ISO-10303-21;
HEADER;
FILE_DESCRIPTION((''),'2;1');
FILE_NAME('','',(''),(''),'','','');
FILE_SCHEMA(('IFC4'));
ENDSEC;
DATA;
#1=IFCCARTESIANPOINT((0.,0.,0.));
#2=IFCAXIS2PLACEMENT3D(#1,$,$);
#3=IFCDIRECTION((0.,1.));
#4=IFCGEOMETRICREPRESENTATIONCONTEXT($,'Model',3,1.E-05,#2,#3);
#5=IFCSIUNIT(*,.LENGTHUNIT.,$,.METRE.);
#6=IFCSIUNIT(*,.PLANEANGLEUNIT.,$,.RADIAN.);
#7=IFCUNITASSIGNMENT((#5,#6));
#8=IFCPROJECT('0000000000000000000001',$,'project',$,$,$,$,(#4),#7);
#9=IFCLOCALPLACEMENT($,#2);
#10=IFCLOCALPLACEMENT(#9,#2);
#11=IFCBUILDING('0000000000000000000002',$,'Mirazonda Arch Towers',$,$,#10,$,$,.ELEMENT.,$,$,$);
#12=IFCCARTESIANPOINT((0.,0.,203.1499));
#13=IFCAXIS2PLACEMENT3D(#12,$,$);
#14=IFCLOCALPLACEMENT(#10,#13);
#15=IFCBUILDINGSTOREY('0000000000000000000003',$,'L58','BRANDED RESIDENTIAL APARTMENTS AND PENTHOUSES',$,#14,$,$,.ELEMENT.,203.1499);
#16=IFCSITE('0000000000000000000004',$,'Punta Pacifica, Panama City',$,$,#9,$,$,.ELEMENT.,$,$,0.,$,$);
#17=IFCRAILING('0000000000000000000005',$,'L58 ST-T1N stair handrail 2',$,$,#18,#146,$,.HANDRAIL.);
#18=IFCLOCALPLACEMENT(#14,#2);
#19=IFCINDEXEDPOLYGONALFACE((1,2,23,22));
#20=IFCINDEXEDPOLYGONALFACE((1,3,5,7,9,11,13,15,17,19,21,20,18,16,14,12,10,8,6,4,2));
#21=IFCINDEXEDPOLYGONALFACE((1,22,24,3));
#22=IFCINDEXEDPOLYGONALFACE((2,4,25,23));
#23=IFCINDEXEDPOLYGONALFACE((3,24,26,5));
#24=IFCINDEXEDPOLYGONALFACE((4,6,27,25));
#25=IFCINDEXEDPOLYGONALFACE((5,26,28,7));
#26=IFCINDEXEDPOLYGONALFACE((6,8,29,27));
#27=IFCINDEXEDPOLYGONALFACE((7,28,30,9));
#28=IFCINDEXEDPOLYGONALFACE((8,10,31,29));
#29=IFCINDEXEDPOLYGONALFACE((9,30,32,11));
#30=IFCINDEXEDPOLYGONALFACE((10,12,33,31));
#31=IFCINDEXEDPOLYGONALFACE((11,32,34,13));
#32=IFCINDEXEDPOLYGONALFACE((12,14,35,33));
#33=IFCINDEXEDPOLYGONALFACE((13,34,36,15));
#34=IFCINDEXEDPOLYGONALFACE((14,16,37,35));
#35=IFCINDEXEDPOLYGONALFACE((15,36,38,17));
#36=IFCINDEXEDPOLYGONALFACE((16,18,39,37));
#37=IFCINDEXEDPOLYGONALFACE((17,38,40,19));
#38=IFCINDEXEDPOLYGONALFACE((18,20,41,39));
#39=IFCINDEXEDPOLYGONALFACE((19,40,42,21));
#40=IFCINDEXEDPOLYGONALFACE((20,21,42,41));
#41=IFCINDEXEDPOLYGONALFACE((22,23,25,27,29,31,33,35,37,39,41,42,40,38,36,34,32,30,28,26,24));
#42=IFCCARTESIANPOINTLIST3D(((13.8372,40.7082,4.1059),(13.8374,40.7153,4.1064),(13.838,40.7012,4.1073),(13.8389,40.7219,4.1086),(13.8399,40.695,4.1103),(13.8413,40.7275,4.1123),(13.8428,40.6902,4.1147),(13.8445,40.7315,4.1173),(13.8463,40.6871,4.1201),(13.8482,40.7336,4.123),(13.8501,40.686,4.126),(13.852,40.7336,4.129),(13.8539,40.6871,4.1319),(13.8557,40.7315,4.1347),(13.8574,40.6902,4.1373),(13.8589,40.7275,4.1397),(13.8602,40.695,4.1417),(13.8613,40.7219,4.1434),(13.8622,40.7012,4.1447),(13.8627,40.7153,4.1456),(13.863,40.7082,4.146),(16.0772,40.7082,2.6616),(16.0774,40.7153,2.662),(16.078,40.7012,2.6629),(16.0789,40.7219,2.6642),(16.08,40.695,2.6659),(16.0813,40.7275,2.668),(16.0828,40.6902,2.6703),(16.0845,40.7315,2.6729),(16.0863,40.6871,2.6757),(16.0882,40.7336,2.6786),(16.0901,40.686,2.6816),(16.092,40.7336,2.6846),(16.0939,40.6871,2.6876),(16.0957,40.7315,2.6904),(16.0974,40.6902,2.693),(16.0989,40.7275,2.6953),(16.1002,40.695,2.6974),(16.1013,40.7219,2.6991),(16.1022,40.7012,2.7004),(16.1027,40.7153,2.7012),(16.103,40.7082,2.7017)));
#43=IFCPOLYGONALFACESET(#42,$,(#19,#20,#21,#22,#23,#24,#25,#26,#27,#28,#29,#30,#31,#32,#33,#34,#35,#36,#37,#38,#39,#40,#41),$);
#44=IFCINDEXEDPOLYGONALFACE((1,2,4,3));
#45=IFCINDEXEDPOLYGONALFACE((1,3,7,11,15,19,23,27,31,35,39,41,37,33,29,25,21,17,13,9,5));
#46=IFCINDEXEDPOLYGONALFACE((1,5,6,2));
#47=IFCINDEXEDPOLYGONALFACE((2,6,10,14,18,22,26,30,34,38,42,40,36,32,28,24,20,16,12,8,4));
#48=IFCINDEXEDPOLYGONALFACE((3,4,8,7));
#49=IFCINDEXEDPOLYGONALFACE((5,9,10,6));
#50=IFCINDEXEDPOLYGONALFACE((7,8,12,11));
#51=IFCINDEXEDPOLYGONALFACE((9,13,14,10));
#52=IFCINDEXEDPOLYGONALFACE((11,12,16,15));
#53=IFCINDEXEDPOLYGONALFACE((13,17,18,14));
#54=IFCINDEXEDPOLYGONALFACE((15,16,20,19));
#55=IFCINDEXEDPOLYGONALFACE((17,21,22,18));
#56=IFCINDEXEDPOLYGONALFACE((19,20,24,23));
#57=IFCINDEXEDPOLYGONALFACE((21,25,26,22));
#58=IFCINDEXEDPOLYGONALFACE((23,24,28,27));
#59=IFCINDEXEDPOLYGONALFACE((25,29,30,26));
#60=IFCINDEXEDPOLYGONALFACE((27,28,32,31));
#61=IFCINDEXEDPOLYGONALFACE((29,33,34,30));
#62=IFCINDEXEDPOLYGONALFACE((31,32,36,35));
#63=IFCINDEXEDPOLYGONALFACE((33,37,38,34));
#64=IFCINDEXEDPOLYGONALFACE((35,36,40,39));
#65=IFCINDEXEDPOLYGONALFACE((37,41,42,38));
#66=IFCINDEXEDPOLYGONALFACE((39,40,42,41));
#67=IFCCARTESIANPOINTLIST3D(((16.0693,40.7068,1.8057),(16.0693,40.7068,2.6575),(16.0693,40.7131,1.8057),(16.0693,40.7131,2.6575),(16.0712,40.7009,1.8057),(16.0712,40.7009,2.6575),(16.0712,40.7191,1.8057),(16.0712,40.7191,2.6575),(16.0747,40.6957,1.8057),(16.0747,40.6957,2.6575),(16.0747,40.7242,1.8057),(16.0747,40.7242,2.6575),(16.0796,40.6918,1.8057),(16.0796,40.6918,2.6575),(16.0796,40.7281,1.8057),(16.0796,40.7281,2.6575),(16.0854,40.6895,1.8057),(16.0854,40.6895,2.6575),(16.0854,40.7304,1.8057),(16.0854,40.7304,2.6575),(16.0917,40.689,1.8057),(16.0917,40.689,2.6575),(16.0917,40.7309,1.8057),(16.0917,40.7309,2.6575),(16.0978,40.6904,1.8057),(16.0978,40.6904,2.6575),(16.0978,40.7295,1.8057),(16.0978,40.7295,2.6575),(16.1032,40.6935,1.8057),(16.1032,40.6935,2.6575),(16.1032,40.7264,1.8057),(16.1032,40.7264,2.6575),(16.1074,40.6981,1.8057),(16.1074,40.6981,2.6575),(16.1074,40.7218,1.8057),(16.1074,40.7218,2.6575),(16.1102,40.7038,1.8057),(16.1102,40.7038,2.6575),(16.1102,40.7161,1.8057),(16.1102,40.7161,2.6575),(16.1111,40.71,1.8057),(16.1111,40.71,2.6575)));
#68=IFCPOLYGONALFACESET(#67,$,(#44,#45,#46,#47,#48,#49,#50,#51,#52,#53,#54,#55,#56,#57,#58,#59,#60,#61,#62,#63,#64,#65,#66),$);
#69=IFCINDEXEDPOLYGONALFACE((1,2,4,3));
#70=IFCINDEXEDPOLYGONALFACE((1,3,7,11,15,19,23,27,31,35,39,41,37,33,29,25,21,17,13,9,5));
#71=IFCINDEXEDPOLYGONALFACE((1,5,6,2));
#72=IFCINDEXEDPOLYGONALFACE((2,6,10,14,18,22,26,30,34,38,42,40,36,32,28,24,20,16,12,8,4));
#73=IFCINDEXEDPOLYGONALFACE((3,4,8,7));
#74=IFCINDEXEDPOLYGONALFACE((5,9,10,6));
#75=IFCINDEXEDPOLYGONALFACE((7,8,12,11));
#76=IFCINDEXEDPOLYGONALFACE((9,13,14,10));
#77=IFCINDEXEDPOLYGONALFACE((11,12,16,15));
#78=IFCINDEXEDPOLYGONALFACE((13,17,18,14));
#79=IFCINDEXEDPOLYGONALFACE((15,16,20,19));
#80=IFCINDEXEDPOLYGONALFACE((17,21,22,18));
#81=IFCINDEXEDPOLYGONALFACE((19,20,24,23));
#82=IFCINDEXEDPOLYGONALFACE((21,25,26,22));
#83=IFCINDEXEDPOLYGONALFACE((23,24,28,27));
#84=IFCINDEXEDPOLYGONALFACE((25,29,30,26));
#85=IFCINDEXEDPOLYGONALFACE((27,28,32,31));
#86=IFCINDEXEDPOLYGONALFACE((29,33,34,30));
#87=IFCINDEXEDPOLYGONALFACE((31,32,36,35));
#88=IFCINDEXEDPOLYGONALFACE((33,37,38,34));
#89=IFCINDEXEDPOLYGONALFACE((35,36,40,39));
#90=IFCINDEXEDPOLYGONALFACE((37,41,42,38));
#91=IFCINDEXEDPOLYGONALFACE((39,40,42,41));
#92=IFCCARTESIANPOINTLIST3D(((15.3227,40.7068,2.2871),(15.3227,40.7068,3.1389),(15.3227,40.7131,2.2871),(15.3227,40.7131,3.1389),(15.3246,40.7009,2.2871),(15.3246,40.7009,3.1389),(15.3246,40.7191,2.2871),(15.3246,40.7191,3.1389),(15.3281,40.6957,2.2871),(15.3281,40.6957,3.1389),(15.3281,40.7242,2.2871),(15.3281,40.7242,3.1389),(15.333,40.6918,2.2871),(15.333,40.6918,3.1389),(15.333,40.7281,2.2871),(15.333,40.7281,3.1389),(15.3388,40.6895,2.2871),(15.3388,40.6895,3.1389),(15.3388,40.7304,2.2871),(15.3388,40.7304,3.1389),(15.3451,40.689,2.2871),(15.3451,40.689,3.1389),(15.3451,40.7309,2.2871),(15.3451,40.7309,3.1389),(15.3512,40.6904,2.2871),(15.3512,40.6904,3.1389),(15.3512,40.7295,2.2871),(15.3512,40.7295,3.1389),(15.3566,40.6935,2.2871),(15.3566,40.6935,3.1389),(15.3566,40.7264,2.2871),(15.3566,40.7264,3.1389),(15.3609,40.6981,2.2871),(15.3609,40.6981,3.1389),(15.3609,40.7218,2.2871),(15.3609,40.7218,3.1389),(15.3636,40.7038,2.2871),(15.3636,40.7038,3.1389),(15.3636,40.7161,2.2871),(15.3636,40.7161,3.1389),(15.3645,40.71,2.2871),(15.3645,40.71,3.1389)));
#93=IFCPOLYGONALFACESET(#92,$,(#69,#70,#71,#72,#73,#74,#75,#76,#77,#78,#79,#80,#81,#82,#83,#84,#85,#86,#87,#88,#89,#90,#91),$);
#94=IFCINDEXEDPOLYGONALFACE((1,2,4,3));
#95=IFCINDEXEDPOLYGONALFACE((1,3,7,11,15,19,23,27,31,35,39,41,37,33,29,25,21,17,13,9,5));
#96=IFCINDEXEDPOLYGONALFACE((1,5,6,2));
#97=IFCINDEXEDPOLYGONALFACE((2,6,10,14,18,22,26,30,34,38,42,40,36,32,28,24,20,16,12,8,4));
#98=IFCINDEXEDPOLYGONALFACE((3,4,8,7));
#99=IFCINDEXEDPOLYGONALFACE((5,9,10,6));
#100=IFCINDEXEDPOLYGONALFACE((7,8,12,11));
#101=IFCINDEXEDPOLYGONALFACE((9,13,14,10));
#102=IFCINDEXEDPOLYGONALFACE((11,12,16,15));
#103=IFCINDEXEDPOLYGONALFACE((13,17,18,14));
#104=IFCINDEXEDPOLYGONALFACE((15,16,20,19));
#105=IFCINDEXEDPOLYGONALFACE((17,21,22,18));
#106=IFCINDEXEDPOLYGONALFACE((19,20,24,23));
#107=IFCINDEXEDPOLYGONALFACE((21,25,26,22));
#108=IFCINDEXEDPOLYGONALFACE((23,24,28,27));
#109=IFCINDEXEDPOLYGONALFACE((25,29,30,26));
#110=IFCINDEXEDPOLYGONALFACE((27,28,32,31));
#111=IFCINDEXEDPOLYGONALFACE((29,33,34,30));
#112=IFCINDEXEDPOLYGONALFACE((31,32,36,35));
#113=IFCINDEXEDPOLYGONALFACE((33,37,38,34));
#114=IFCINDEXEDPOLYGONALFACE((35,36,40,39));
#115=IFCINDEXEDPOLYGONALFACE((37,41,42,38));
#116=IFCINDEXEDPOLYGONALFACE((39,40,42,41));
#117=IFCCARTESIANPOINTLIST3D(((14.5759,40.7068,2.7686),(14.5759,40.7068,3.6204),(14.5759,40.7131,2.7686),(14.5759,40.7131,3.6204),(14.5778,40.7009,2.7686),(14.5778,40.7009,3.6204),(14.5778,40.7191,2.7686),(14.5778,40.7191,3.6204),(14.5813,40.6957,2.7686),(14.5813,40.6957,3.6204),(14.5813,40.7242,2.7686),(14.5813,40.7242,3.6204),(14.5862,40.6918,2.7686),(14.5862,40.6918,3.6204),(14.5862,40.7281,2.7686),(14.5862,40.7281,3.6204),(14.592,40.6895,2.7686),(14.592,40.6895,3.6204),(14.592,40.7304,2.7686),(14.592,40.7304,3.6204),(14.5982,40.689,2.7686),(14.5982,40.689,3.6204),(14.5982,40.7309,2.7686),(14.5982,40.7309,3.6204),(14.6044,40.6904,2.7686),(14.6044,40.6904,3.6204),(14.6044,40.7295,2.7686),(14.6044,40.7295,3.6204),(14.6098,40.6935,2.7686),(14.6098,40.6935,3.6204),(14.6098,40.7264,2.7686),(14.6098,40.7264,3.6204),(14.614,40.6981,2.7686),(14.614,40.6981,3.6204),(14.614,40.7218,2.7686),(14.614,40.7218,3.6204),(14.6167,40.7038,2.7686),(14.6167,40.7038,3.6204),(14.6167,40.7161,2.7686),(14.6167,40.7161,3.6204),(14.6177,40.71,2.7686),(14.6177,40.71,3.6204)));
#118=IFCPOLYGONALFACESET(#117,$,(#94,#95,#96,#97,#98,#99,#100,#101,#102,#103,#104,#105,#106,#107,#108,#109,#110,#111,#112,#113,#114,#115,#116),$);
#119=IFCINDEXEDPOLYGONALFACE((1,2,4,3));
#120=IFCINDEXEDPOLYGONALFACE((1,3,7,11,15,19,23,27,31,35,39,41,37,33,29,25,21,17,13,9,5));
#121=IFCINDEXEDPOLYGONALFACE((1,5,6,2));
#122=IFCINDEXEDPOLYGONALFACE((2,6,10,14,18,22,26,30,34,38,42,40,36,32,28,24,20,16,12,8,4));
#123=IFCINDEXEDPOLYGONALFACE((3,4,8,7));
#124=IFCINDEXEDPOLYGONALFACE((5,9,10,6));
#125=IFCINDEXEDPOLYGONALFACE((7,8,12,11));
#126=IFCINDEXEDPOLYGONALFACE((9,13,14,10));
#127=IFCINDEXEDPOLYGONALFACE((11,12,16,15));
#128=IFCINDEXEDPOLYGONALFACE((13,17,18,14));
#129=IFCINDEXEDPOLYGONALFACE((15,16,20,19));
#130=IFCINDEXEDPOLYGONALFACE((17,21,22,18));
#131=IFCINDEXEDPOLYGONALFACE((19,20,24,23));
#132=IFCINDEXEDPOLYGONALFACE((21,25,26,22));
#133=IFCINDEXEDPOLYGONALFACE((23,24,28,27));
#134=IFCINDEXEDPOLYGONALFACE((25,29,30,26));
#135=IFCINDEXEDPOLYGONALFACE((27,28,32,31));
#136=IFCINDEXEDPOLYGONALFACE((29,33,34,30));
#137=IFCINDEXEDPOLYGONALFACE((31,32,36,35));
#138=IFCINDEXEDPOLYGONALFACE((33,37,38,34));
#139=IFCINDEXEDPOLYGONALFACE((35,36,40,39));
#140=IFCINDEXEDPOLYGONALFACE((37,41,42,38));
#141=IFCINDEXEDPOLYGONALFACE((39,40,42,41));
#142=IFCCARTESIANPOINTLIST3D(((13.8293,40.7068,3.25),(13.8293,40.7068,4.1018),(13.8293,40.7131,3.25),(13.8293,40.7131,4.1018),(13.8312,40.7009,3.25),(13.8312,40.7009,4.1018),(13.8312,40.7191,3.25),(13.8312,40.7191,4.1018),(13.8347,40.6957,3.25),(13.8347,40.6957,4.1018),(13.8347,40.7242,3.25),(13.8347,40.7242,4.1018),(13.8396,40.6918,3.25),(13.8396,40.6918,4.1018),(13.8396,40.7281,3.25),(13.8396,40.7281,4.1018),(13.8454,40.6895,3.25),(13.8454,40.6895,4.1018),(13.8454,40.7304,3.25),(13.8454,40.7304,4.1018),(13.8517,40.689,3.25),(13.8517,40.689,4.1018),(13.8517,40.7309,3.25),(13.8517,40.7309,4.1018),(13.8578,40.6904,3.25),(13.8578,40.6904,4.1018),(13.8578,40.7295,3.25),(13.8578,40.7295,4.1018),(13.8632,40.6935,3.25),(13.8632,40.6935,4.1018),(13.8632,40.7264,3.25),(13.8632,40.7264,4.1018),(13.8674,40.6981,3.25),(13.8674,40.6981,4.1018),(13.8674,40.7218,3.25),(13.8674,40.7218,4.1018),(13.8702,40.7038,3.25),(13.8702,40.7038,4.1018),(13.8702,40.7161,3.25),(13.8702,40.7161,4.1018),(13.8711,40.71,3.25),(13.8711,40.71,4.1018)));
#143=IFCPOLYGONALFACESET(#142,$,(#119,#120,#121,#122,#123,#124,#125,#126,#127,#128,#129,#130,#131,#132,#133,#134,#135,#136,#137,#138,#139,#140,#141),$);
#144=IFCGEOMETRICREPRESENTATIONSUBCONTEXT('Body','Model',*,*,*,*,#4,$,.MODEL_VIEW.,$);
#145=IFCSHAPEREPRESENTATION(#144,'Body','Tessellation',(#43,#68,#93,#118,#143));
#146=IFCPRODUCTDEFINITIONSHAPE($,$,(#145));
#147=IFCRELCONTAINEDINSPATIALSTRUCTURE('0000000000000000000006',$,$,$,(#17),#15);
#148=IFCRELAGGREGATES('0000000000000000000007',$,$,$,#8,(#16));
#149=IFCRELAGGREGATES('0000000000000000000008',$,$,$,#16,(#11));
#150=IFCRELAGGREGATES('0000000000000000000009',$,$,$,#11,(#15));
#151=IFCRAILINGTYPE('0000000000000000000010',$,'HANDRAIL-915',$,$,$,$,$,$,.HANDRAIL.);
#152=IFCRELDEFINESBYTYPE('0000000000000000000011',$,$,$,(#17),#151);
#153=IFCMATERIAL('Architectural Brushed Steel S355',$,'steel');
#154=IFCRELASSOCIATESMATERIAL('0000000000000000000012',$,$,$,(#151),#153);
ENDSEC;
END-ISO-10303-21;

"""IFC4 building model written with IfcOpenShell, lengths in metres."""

from ifc_helpers import new_model, si_unit, direction, frame, origin, origin_2d, place, context, subcontext, project, spatial, circle, extrude, material, type_object, element, save


model = new_model("IFC4")

# Units and contexts
model_context = context("Model", 3, precision=1e-05, world=origin(), true_north=direction((0.0, 1.0)))
body_context = subcontext(model_context, "Body", "Model", "MODEL_VIEW")
ifc_project = project(units=[si_unit("LENGTHUNIT", "METRE"), si_unit("PLANEANGLEUNIT", "RADIAN")], contexts=[model_context])

# Site, building, storey
site_placement = place(None, origin())
site = spatial("IfcSite", under=ifc_project, at=site_placement, Name="Punta Pacifica, Panama City", CompositionType="ELEMENT", RefElevation=0.0)
building_placement = place(site_placement, origin())
building = spatial("IfcBuilding", under=site, at=building_placement, Name="Mirazonda Arch Towers", CompositionType="ELEMENT")
storey_placement = place(building_placement, frame((0.0, 0.0, 203.1499)))
storey = spatial("IfcBuildingStorey", under=building, at=storey_placement, Name="L58", Description="BRANDED RESIDENTIAL APARTMENTS AND PENTHOUSES", CompositionType="ELEMENT", Elevation=203.1499)

# Railing
ifc_material_1 = material(Name="Architectural Brushed Steel S355", Category="steel")
railing_type_1 = type_object("IfcRailingType", Name="HANDRAIL-915", PredefinedType="HANDRAIL", material=ifc_material_1)
railing_1_placement = place(storey_placement, frame((16.0901, 40.71, 1.8057)))
element("IfcRailing", 1, at=railing_1_placement, inside=storey, type_object=railing_type_1, Name="L58 ST-T1N stair handrail 2", PredefinedType="HANDRAIL", context=body_context, shape_type="SweptSolid", body=[
    extrude(circle(Radius=0.0239, at=origin_2d()), frame((0.0, 0.0, 0.876), z_axis=(-0.840437, 0.0, 0.54191), x_axis=(0.0, -1.0, 0.0)), (0.0, 0.0, 1.0), 2.6653),
    extrude(circle(Radius=0.021, at=origin_2d()), origin(), (0.0, 0.0, 1.0), 0.8518),
    extrude(circle(Radius=0.021, at=origin_2d()), frame((-0.7466, 0.0, 0.4814)), (0.0, 0.0, 1.0), 0.8518),
    extrude(circle(Radius=0.021, at=origin_2d()), frame((-1.4934, 0.0, 0.9629)), (0.0, 0.0, 1.0), 0.8518),
    extrude(circle(Radius=0.021, at=origin_2d()), frame((-2.24, 0.0, 1.4443)), (0.0, 0.0, 1.0), 0.8518),
])

save(model, "model.ifc")
